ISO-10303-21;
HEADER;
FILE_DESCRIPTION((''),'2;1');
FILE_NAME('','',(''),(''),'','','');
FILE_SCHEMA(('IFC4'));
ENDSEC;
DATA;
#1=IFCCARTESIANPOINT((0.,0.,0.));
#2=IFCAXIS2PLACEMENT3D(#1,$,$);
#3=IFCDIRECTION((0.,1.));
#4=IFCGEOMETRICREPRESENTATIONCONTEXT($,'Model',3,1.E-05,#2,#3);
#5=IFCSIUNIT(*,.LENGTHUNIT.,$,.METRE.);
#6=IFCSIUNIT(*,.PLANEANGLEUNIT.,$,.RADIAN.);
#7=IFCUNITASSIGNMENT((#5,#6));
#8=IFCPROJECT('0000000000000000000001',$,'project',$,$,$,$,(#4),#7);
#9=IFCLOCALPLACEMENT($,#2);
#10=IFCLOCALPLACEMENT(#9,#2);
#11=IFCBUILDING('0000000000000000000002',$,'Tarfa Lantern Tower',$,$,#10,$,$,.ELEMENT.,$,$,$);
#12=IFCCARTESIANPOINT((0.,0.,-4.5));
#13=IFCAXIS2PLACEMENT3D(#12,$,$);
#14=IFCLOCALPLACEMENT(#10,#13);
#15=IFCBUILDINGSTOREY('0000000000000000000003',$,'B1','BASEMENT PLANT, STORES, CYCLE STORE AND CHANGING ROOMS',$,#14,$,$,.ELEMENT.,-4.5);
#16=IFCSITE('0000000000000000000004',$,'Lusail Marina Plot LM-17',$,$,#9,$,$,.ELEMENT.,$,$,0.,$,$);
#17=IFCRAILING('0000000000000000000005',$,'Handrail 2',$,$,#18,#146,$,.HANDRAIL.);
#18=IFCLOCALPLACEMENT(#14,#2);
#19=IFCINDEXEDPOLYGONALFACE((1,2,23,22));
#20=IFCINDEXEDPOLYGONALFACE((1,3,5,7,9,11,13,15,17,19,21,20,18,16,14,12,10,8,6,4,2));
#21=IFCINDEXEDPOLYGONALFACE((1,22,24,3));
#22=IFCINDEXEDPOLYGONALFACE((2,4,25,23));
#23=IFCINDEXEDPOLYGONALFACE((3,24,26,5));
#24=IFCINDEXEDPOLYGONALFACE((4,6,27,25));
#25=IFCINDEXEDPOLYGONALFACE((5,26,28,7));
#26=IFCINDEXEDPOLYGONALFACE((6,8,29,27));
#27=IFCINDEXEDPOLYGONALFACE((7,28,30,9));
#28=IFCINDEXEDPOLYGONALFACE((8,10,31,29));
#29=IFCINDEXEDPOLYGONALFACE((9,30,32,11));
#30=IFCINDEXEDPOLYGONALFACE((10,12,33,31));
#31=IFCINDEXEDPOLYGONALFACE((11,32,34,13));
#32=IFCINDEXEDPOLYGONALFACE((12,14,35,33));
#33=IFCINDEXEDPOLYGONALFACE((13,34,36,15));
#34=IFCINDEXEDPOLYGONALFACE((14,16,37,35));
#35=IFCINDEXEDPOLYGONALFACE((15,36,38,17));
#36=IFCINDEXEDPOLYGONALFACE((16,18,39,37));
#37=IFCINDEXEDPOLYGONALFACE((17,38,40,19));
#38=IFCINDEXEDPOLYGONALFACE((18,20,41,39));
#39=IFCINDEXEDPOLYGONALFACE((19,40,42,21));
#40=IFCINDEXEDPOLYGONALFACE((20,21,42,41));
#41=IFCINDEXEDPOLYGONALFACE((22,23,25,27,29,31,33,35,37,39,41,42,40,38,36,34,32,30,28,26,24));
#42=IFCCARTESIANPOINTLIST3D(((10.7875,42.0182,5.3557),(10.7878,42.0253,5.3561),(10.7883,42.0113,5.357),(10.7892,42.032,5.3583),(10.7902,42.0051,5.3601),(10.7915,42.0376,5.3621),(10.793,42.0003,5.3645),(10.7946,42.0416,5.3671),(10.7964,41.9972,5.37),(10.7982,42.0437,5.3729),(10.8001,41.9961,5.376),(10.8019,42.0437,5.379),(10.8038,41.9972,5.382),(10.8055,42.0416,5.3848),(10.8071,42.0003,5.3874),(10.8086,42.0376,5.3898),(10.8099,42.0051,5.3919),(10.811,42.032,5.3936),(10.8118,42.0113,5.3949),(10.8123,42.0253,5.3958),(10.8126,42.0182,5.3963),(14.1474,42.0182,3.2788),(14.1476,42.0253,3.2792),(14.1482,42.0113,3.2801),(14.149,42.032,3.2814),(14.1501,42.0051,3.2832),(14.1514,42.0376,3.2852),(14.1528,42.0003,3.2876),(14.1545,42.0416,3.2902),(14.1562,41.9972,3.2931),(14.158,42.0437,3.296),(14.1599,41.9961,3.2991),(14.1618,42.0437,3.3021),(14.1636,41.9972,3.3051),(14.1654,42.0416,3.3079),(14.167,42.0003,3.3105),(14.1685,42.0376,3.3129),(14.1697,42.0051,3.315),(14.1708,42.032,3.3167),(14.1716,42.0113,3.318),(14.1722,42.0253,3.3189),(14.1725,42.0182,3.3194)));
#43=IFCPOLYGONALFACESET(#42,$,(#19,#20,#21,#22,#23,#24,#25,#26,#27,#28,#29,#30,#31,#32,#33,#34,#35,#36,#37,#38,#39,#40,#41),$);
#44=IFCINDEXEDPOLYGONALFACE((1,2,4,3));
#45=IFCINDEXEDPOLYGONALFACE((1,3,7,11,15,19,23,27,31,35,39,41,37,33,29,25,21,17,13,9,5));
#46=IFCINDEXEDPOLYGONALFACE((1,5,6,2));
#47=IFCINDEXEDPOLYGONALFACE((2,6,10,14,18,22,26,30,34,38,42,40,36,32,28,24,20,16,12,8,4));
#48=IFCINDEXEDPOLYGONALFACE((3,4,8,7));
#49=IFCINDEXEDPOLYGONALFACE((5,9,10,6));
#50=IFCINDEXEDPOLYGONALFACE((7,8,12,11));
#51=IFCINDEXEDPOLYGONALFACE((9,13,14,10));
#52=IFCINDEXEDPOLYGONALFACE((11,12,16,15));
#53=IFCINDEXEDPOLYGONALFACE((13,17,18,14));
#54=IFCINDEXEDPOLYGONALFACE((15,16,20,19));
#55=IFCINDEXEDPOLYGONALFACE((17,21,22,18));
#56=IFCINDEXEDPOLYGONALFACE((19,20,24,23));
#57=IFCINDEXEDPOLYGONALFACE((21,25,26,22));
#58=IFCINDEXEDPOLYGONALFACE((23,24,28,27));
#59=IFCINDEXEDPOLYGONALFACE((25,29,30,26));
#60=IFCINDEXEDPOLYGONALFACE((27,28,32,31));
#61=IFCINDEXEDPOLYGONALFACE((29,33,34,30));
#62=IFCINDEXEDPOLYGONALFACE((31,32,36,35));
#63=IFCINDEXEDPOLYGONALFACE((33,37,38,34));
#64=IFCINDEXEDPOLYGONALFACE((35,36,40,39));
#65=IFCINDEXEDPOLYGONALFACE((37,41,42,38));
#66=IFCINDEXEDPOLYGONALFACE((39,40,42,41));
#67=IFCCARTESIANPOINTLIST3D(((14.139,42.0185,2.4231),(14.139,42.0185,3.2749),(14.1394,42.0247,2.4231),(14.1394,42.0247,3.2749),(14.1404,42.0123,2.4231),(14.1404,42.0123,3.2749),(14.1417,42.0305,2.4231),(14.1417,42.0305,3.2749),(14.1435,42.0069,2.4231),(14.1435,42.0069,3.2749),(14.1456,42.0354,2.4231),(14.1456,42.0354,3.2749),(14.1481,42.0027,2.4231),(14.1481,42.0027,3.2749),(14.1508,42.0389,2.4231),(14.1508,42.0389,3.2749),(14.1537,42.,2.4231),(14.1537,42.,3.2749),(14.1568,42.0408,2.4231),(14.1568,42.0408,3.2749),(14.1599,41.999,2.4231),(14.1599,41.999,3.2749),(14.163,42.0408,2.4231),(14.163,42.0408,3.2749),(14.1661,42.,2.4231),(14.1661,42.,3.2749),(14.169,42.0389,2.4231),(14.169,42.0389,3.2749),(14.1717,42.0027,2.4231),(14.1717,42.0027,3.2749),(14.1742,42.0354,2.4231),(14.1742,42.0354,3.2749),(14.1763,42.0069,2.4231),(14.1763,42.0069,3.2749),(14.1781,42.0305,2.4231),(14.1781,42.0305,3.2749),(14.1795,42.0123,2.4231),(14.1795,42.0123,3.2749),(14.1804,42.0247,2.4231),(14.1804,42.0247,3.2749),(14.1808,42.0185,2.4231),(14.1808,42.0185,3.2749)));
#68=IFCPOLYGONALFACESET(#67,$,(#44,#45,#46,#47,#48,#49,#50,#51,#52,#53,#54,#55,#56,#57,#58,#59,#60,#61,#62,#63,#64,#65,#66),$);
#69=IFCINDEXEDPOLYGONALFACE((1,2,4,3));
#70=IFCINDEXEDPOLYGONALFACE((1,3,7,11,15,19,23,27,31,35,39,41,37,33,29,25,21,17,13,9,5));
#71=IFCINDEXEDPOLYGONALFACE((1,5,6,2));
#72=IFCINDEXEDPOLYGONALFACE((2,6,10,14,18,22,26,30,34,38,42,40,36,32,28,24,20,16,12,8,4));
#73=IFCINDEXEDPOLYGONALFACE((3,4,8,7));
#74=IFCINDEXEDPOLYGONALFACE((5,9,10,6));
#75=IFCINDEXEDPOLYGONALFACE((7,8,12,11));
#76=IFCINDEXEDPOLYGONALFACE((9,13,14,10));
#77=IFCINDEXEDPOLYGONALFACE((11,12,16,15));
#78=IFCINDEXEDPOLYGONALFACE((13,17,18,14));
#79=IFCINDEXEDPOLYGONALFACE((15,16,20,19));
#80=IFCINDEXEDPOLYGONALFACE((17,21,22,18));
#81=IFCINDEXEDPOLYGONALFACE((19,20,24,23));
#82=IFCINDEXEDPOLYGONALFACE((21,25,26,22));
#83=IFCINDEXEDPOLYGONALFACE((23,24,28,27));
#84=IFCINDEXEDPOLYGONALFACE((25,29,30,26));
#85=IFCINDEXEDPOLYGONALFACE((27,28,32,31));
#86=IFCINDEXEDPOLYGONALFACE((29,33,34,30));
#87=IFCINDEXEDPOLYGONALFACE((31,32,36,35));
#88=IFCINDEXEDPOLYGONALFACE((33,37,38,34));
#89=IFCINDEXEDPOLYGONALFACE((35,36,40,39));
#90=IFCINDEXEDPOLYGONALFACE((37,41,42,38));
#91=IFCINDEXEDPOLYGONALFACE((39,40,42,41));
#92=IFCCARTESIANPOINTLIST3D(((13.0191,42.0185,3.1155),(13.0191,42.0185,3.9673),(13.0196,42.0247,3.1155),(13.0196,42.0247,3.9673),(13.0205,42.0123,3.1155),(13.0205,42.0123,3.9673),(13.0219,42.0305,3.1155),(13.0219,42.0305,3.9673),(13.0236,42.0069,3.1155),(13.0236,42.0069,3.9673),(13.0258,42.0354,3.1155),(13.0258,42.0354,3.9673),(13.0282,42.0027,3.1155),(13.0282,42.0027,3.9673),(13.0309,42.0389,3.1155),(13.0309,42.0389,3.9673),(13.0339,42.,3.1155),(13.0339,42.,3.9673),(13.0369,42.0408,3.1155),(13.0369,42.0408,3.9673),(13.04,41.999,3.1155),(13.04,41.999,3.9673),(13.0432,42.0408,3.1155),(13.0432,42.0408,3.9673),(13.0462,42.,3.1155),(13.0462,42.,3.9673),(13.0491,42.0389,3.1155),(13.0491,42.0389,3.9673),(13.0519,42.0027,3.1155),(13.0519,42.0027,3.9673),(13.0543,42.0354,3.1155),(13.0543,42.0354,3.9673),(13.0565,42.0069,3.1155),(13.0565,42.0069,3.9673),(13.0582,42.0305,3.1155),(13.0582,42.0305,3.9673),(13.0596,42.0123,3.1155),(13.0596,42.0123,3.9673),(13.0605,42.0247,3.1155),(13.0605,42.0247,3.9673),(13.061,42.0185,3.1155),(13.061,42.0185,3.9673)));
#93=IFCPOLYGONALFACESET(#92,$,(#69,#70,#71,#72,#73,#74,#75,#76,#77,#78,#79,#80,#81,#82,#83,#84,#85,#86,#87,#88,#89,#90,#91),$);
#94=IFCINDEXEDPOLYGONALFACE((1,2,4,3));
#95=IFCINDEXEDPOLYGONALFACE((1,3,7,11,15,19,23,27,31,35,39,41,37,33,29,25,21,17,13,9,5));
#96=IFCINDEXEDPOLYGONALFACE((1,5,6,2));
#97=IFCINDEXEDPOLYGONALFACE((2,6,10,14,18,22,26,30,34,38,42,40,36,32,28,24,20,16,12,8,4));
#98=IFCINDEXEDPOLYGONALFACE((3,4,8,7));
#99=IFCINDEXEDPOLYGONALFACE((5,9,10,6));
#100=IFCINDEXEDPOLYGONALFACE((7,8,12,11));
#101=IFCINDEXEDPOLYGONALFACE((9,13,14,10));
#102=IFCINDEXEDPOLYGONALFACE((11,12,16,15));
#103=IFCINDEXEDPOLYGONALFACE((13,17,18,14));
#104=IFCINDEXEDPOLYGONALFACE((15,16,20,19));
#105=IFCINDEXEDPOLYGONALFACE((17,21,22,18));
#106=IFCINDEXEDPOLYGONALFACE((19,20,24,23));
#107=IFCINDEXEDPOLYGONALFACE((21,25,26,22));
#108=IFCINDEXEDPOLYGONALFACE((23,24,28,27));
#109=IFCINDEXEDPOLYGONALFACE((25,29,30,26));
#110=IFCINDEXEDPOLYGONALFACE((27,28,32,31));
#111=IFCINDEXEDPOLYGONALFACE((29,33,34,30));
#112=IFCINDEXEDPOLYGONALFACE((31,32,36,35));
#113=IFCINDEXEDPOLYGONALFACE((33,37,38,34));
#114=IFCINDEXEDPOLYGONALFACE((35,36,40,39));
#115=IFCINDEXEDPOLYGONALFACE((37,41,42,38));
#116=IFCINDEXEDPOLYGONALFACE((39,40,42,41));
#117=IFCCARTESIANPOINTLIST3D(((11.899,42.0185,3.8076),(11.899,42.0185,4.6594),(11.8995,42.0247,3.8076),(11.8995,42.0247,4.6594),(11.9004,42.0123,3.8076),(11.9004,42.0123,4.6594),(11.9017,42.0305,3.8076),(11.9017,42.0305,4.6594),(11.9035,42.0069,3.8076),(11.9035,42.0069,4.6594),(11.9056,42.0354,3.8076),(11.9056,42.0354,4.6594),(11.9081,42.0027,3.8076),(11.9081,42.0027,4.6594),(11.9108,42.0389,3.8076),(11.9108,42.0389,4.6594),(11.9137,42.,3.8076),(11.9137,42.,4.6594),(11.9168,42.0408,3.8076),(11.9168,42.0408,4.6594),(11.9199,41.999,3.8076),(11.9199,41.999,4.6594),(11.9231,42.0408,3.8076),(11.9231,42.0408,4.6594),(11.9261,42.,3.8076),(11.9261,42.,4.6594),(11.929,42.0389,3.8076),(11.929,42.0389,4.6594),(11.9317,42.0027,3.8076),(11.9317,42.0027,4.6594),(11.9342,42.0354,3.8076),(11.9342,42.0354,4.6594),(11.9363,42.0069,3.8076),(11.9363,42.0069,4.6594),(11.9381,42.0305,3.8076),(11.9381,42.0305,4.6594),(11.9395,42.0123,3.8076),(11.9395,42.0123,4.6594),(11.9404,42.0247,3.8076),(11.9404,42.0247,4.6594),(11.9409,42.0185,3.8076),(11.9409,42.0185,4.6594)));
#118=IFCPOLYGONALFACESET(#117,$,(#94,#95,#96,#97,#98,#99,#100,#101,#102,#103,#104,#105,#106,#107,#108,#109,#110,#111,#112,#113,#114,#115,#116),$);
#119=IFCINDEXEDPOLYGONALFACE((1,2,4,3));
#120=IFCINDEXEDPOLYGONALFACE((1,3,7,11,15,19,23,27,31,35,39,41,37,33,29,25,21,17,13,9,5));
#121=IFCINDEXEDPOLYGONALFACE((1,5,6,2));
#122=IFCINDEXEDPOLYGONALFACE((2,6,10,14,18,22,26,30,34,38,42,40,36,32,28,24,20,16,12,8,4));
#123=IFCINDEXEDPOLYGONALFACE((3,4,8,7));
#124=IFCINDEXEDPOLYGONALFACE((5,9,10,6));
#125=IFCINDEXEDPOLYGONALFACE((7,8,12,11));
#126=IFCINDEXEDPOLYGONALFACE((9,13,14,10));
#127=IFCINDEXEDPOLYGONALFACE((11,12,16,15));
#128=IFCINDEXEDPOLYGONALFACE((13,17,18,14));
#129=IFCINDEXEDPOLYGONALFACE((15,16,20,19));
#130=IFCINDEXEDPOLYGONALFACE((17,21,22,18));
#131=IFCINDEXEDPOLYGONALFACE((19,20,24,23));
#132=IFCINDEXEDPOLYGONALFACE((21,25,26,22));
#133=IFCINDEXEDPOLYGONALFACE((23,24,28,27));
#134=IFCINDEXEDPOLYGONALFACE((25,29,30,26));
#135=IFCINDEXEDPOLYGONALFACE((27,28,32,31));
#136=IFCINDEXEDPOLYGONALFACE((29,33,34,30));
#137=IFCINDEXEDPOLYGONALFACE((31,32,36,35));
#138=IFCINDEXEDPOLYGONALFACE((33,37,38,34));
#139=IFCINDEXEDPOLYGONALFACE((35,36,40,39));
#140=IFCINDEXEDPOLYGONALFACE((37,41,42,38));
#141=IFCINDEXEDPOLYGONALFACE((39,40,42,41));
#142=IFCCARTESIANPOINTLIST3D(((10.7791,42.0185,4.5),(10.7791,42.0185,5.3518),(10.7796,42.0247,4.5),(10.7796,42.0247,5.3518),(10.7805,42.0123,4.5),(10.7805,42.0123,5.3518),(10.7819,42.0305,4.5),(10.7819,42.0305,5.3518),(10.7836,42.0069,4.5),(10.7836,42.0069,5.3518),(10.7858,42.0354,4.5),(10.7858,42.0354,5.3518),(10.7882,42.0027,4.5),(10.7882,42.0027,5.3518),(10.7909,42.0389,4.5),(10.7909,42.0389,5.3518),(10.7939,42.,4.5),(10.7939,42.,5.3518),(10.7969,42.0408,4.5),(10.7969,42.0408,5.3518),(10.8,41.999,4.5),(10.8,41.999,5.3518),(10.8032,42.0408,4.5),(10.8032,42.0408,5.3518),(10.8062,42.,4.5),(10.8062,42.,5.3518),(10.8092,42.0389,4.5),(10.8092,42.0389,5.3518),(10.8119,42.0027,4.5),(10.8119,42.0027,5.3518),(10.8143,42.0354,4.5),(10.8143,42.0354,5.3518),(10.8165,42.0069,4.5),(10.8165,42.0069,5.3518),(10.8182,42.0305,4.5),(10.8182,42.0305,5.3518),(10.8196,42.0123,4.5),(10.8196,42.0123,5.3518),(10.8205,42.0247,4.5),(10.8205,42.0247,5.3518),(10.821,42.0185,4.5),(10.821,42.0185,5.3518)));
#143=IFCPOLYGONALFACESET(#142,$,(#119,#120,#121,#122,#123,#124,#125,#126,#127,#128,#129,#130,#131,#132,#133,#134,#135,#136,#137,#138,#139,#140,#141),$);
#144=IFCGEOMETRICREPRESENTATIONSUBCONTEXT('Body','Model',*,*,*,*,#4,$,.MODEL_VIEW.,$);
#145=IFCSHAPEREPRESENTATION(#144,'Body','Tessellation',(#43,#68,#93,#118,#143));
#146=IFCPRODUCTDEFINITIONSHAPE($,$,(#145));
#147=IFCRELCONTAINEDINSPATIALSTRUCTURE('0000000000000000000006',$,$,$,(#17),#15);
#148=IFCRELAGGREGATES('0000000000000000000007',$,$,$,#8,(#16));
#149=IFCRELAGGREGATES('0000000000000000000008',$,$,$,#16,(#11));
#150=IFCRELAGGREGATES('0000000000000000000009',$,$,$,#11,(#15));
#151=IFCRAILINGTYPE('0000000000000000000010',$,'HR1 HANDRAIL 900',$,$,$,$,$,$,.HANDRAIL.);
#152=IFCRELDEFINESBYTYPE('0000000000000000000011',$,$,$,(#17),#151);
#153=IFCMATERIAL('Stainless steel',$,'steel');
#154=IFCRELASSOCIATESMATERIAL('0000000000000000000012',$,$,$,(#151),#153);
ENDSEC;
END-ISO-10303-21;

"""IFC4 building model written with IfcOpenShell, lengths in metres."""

from ifc_helpers import new_model, si_unit, direction, frame, origin, origin_2d, place, context, subcontext, project, spatial, circle, extrude, material, type_object, element, save


model = new_model("IFC4")

# Units and contexts
model_context = context("Model", 3, precision=1e-05, world=origin(), true_north=direction((0.0, 1.0)))
body_context = subcontext(model_context, "Body", "Model", "MODEL_VIEW")
ifc_project = project(units=[si_unit("LENGTHUNIT", "METRE"), si_unit("PLANEANGLEUNIT", "RADIAN")], contexts=[model_context])

# Site, building, storey
site_placement = place(None, origin())
site = spatial("IfcSite", under=ifc_project, at=site_placement, Name="Lusail Marina Plot LM-17", CompositionType="ELEMENT", RefElevation=0.0)
building_placement = place(site_placement, origin())
building = spatial("IfcBuilding", under=site, at=building_placement, Name="Tarfa Lantern Tower", CompositionType="ELEMENT")
storey_placement = place(building_placement, frame((0.0, 0.0, -4.5)))
storey = spatial("IfcBuildingStorey", under=building, at=storey_placement, Name="B1", Description="BASEMENT PLANT, STORES, CYCLE STORE AND CHANGING ROOMS", CompositionType="ELEMENT", Elevation=-4.5)

# Railing
ifc_material_1 = material(Name="Stainless steel", Category="steel")
railing_type = type_object("IfcRailingType", Name="HR1 HANDRAIL 900", PredefinedType="HANDRAIL", material=ifc_material_1)
railing_1_placement = place(storey_placement, frame((14.1599, 42.02, 2.4231)))
element("IfcRailing", 1, at=railing_1_placement, inside=storey, type_object=railing_type, Name="Handrail 2", PredefinedType="HANDRAIL", context=body_context, shape_type="SweptSolid", body=[
    extrude(circle(Radius=0.0239, at=origin_2d()), frame((0.0, 0.0, 0.876), z_axis=(-0.850606, 0.0, 0.525803), x_axis=(0.0, -1.0, 0.0)), (0.0, 0.0, 1.0), 3.95),
    extrude(circle(Radius=0.021, at=origin_2d()), frame((0.0, 0.0, 0.0), z_axis=(0.0, 0.0, 1.0), x_axis=(0.0, -1.0, 0.0)), (0.0, 0.0, 1.0), 0.8518),
    extrude(circle(Radius=0.021, at=origin_2d()), frame((-1.1199, 0.0, 0.6924), z_axis=(0.0, 0.0, 1.0), x_axis=(0.0, -1.0, 0.0)), (0.0, 0.0, 1.0), 0.8518),
    extrude(circle(Radius=0.021, at=origin_2d()), frame((-2.24, 0.0, 1.3845), z_axis=(0.0, 0.0, 1.0), x_axis=(0.0, -1.0, 0.0)), (0.0, 0.0, 1.0), 0.8518),
    extrude(circle(Radius=0.021, at=origin_2d()), frame((-3.3599, 0.0, 2.0769), z_axis=(0.0, 0.0, 1.0), x_axis=(0.0, -1.0, 0.0)), (0.0, 0.0, 1.0), 0.8518),
])

save(model, "model.ifc")
